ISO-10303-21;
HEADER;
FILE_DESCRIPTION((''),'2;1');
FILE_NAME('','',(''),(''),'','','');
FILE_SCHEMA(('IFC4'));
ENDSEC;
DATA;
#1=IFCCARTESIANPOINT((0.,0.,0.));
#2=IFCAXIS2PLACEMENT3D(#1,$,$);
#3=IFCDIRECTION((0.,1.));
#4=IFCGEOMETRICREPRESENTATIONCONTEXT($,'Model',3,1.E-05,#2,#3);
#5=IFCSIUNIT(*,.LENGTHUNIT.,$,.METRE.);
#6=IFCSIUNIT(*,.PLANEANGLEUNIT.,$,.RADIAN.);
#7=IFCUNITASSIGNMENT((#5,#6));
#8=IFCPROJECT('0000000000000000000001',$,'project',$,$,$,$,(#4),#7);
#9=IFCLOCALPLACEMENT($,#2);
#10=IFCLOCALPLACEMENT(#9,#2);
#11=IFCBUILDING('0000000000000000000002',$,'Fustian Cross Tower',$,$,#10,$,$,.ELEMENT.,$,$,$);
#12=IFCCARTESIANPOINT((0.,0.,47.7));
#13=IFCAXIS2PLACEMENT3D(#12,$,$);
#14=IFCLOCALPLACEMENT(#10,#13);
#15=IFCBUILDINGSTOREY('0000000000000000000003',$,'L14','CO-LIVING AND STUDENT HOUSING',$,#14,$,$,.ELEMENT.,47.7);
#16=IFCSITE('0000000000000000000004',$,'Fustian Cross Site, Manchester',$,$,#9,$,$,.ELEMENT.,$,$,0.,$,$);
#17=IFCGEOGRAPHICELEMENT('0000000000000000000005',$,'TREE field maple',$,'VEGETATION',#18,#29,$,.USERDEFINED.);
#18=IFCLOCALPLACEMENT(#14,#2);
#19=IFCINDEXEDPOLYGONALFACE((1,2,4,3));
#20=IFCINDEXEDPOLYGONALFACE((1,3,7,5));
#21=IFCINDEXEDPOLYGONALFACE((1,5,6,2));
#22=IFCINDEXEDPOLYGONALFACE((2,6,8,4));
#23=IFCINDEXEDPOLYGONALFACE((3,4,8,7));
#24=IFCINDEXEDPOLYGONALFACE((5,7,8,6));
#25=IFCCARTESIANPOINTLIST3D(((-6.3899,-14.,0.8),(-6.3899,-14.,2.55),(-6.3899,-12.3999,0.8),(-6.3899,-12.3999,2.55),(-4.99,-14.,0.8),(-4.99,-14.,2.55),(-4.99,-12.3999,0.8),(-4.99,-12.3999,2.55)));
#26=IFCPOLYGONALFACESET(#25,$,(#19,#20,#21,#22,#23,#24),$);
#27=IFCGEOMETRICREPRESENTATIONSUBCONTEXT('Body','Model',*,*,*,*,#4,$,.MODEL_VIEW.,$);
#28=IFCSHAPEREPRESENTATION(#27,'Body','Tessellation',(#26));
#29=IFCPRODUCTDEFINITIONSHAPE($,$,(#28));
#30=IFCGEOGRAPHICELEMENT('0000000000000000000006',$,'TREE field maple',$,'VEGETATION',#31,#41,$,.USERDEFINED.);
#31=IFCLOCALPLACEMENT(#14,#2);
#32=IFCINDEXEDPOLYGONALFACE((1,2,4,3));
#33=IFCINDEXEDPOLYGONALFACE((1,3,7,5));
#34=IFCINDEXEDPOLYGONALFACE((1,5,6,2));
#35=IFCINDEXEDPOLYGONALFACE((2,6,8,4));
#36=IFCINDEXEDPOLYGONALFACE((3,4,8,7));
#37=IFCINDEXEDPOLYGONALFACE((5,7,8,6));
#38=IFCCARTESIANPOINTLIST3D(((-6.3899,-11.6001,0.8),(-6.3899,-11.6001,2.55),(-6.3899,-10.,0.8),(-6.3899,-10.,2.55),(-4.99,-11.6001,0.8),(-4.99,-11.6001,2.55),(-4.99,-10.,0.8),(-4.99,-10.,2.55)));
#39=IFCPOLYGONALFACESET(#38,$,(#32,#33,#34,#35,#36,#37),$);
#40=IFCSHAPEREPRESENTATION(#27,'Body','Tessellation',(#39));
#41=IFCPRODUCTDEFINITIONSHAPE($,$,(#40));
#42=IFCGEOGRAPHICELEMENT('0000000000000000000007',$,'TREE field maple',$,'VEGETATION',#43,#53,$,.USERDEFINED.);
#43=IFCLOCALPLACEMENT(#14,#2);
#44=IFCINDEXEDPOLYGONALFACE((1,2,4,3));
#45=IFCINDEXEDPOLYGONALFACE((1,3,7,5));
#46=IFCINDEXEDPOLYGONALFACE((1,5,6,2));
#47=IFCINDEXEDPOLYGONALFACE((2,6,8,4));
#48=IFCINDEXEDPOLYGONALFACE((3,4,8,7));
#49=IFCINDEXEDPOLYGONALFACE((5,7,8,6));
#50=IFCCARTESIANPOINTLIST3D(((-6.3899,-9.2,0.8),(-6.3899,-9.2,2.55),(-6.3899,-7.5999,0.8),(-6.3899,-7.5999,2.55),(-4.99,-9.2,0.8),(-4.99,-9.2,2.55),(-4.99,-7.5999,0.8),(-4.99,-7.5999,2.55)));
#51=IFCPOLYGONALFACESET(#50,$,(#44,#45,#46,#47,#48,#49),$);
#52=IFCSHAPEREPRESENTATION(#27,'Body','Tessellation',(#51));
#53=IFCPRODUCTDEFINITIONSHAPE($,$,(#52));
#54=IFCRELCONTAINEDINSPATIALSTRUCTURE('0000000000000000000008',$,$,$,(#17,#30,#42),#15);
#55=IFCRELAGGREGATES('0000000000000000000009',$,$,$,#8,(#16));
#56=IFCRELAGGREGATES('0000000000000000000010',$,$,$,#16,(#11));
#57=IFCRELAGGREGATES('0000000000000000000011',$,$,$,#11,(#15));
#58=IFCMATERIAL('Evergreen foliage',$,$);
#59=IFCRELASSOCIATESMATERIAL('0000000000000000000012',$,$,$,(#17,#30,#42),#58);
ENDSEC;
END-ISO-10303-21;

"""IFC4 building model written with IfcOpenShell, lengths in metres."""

from ifc_helpers import new_model, si_unit, direction, frame, origin, origin_2d, place, context, subcontext, project, spatial, rectangle, extrude, material, element, save


model = new_model("IFC4")

# Units and contexts
model_context = context("Model", 3, precision=1e-05, world=origin(), true_north=direction((0.0, 1.0)))
body_context = subcontext(model_context, "Body", "Model", "MODEL_VIEW")
ifc_project = project(units=[si_unit("LENGTHUNIT", "METRE"), si_unit("PLANEANGLEUNIT", "RADIAN")], contexts=[model_context])

# Site, building, storey
site_placement = place(None, origin())
site = spatial("IfcSite", under=ifc_project, at=site_placement, Name="Fustian Cross Site, Manchester", CompositionType="ELEMENT", RefElevation=0.0)
building_placement = place(site_placement, origin())
building = spatial("IfcBuilding", under=site, at=building_placement, Name="Fustian Cross Tower", CompositionType="ELEMENT")
storey_placement = place(building_placement, frame((0.0, 0.0, 47.7)))
storey = spatial("IfcBuildingStorey", under=building, at=storey_placement, Name="L14", Description="CO-LIVING AND STUDENT HOUSING", CompositionType="ELEMENT", Elevation=47.7)

# Geographic elements
ifc_material_1 = material(Name="Evergreen foliage")
for number, where, z_axis, x_axis, name in (
    (1, (-5.6899, -13.2, 0.8), (0.0, 0.0, 1.0), (1.0, 0.0, 0.0), "TREE field maple"),
    (2, (-5.6899, -10.8, 0.8), (0.0, 0.0, 1.0), (1.0, 0.0, 0.0), "TREE field maple"),
    (3, (-5.6899, -8.3999, 0.8), (0.0, 0.0, 1.0), (1.0, 0.0, 0.0), "TREE field maple"),
):
    element("IfcGeographicElement", number, at=place(storey_placement, frame(where, z_axis=z_axis, x_axis=x_axis)), inside=storey, material=ifc_material_1, Name=name, ObjectType="VEGETATION", PredefinedType="USERDEFINED", context=body_context, shape_type="SweptSolid", body=[
        extrude(rectangle(XDim=1.3999, YDim=1.6001, at=origin_2d()), origin(), (0.0, 0.0, 1.0), 1.75),
    ])

save(model, "model.ifc")
